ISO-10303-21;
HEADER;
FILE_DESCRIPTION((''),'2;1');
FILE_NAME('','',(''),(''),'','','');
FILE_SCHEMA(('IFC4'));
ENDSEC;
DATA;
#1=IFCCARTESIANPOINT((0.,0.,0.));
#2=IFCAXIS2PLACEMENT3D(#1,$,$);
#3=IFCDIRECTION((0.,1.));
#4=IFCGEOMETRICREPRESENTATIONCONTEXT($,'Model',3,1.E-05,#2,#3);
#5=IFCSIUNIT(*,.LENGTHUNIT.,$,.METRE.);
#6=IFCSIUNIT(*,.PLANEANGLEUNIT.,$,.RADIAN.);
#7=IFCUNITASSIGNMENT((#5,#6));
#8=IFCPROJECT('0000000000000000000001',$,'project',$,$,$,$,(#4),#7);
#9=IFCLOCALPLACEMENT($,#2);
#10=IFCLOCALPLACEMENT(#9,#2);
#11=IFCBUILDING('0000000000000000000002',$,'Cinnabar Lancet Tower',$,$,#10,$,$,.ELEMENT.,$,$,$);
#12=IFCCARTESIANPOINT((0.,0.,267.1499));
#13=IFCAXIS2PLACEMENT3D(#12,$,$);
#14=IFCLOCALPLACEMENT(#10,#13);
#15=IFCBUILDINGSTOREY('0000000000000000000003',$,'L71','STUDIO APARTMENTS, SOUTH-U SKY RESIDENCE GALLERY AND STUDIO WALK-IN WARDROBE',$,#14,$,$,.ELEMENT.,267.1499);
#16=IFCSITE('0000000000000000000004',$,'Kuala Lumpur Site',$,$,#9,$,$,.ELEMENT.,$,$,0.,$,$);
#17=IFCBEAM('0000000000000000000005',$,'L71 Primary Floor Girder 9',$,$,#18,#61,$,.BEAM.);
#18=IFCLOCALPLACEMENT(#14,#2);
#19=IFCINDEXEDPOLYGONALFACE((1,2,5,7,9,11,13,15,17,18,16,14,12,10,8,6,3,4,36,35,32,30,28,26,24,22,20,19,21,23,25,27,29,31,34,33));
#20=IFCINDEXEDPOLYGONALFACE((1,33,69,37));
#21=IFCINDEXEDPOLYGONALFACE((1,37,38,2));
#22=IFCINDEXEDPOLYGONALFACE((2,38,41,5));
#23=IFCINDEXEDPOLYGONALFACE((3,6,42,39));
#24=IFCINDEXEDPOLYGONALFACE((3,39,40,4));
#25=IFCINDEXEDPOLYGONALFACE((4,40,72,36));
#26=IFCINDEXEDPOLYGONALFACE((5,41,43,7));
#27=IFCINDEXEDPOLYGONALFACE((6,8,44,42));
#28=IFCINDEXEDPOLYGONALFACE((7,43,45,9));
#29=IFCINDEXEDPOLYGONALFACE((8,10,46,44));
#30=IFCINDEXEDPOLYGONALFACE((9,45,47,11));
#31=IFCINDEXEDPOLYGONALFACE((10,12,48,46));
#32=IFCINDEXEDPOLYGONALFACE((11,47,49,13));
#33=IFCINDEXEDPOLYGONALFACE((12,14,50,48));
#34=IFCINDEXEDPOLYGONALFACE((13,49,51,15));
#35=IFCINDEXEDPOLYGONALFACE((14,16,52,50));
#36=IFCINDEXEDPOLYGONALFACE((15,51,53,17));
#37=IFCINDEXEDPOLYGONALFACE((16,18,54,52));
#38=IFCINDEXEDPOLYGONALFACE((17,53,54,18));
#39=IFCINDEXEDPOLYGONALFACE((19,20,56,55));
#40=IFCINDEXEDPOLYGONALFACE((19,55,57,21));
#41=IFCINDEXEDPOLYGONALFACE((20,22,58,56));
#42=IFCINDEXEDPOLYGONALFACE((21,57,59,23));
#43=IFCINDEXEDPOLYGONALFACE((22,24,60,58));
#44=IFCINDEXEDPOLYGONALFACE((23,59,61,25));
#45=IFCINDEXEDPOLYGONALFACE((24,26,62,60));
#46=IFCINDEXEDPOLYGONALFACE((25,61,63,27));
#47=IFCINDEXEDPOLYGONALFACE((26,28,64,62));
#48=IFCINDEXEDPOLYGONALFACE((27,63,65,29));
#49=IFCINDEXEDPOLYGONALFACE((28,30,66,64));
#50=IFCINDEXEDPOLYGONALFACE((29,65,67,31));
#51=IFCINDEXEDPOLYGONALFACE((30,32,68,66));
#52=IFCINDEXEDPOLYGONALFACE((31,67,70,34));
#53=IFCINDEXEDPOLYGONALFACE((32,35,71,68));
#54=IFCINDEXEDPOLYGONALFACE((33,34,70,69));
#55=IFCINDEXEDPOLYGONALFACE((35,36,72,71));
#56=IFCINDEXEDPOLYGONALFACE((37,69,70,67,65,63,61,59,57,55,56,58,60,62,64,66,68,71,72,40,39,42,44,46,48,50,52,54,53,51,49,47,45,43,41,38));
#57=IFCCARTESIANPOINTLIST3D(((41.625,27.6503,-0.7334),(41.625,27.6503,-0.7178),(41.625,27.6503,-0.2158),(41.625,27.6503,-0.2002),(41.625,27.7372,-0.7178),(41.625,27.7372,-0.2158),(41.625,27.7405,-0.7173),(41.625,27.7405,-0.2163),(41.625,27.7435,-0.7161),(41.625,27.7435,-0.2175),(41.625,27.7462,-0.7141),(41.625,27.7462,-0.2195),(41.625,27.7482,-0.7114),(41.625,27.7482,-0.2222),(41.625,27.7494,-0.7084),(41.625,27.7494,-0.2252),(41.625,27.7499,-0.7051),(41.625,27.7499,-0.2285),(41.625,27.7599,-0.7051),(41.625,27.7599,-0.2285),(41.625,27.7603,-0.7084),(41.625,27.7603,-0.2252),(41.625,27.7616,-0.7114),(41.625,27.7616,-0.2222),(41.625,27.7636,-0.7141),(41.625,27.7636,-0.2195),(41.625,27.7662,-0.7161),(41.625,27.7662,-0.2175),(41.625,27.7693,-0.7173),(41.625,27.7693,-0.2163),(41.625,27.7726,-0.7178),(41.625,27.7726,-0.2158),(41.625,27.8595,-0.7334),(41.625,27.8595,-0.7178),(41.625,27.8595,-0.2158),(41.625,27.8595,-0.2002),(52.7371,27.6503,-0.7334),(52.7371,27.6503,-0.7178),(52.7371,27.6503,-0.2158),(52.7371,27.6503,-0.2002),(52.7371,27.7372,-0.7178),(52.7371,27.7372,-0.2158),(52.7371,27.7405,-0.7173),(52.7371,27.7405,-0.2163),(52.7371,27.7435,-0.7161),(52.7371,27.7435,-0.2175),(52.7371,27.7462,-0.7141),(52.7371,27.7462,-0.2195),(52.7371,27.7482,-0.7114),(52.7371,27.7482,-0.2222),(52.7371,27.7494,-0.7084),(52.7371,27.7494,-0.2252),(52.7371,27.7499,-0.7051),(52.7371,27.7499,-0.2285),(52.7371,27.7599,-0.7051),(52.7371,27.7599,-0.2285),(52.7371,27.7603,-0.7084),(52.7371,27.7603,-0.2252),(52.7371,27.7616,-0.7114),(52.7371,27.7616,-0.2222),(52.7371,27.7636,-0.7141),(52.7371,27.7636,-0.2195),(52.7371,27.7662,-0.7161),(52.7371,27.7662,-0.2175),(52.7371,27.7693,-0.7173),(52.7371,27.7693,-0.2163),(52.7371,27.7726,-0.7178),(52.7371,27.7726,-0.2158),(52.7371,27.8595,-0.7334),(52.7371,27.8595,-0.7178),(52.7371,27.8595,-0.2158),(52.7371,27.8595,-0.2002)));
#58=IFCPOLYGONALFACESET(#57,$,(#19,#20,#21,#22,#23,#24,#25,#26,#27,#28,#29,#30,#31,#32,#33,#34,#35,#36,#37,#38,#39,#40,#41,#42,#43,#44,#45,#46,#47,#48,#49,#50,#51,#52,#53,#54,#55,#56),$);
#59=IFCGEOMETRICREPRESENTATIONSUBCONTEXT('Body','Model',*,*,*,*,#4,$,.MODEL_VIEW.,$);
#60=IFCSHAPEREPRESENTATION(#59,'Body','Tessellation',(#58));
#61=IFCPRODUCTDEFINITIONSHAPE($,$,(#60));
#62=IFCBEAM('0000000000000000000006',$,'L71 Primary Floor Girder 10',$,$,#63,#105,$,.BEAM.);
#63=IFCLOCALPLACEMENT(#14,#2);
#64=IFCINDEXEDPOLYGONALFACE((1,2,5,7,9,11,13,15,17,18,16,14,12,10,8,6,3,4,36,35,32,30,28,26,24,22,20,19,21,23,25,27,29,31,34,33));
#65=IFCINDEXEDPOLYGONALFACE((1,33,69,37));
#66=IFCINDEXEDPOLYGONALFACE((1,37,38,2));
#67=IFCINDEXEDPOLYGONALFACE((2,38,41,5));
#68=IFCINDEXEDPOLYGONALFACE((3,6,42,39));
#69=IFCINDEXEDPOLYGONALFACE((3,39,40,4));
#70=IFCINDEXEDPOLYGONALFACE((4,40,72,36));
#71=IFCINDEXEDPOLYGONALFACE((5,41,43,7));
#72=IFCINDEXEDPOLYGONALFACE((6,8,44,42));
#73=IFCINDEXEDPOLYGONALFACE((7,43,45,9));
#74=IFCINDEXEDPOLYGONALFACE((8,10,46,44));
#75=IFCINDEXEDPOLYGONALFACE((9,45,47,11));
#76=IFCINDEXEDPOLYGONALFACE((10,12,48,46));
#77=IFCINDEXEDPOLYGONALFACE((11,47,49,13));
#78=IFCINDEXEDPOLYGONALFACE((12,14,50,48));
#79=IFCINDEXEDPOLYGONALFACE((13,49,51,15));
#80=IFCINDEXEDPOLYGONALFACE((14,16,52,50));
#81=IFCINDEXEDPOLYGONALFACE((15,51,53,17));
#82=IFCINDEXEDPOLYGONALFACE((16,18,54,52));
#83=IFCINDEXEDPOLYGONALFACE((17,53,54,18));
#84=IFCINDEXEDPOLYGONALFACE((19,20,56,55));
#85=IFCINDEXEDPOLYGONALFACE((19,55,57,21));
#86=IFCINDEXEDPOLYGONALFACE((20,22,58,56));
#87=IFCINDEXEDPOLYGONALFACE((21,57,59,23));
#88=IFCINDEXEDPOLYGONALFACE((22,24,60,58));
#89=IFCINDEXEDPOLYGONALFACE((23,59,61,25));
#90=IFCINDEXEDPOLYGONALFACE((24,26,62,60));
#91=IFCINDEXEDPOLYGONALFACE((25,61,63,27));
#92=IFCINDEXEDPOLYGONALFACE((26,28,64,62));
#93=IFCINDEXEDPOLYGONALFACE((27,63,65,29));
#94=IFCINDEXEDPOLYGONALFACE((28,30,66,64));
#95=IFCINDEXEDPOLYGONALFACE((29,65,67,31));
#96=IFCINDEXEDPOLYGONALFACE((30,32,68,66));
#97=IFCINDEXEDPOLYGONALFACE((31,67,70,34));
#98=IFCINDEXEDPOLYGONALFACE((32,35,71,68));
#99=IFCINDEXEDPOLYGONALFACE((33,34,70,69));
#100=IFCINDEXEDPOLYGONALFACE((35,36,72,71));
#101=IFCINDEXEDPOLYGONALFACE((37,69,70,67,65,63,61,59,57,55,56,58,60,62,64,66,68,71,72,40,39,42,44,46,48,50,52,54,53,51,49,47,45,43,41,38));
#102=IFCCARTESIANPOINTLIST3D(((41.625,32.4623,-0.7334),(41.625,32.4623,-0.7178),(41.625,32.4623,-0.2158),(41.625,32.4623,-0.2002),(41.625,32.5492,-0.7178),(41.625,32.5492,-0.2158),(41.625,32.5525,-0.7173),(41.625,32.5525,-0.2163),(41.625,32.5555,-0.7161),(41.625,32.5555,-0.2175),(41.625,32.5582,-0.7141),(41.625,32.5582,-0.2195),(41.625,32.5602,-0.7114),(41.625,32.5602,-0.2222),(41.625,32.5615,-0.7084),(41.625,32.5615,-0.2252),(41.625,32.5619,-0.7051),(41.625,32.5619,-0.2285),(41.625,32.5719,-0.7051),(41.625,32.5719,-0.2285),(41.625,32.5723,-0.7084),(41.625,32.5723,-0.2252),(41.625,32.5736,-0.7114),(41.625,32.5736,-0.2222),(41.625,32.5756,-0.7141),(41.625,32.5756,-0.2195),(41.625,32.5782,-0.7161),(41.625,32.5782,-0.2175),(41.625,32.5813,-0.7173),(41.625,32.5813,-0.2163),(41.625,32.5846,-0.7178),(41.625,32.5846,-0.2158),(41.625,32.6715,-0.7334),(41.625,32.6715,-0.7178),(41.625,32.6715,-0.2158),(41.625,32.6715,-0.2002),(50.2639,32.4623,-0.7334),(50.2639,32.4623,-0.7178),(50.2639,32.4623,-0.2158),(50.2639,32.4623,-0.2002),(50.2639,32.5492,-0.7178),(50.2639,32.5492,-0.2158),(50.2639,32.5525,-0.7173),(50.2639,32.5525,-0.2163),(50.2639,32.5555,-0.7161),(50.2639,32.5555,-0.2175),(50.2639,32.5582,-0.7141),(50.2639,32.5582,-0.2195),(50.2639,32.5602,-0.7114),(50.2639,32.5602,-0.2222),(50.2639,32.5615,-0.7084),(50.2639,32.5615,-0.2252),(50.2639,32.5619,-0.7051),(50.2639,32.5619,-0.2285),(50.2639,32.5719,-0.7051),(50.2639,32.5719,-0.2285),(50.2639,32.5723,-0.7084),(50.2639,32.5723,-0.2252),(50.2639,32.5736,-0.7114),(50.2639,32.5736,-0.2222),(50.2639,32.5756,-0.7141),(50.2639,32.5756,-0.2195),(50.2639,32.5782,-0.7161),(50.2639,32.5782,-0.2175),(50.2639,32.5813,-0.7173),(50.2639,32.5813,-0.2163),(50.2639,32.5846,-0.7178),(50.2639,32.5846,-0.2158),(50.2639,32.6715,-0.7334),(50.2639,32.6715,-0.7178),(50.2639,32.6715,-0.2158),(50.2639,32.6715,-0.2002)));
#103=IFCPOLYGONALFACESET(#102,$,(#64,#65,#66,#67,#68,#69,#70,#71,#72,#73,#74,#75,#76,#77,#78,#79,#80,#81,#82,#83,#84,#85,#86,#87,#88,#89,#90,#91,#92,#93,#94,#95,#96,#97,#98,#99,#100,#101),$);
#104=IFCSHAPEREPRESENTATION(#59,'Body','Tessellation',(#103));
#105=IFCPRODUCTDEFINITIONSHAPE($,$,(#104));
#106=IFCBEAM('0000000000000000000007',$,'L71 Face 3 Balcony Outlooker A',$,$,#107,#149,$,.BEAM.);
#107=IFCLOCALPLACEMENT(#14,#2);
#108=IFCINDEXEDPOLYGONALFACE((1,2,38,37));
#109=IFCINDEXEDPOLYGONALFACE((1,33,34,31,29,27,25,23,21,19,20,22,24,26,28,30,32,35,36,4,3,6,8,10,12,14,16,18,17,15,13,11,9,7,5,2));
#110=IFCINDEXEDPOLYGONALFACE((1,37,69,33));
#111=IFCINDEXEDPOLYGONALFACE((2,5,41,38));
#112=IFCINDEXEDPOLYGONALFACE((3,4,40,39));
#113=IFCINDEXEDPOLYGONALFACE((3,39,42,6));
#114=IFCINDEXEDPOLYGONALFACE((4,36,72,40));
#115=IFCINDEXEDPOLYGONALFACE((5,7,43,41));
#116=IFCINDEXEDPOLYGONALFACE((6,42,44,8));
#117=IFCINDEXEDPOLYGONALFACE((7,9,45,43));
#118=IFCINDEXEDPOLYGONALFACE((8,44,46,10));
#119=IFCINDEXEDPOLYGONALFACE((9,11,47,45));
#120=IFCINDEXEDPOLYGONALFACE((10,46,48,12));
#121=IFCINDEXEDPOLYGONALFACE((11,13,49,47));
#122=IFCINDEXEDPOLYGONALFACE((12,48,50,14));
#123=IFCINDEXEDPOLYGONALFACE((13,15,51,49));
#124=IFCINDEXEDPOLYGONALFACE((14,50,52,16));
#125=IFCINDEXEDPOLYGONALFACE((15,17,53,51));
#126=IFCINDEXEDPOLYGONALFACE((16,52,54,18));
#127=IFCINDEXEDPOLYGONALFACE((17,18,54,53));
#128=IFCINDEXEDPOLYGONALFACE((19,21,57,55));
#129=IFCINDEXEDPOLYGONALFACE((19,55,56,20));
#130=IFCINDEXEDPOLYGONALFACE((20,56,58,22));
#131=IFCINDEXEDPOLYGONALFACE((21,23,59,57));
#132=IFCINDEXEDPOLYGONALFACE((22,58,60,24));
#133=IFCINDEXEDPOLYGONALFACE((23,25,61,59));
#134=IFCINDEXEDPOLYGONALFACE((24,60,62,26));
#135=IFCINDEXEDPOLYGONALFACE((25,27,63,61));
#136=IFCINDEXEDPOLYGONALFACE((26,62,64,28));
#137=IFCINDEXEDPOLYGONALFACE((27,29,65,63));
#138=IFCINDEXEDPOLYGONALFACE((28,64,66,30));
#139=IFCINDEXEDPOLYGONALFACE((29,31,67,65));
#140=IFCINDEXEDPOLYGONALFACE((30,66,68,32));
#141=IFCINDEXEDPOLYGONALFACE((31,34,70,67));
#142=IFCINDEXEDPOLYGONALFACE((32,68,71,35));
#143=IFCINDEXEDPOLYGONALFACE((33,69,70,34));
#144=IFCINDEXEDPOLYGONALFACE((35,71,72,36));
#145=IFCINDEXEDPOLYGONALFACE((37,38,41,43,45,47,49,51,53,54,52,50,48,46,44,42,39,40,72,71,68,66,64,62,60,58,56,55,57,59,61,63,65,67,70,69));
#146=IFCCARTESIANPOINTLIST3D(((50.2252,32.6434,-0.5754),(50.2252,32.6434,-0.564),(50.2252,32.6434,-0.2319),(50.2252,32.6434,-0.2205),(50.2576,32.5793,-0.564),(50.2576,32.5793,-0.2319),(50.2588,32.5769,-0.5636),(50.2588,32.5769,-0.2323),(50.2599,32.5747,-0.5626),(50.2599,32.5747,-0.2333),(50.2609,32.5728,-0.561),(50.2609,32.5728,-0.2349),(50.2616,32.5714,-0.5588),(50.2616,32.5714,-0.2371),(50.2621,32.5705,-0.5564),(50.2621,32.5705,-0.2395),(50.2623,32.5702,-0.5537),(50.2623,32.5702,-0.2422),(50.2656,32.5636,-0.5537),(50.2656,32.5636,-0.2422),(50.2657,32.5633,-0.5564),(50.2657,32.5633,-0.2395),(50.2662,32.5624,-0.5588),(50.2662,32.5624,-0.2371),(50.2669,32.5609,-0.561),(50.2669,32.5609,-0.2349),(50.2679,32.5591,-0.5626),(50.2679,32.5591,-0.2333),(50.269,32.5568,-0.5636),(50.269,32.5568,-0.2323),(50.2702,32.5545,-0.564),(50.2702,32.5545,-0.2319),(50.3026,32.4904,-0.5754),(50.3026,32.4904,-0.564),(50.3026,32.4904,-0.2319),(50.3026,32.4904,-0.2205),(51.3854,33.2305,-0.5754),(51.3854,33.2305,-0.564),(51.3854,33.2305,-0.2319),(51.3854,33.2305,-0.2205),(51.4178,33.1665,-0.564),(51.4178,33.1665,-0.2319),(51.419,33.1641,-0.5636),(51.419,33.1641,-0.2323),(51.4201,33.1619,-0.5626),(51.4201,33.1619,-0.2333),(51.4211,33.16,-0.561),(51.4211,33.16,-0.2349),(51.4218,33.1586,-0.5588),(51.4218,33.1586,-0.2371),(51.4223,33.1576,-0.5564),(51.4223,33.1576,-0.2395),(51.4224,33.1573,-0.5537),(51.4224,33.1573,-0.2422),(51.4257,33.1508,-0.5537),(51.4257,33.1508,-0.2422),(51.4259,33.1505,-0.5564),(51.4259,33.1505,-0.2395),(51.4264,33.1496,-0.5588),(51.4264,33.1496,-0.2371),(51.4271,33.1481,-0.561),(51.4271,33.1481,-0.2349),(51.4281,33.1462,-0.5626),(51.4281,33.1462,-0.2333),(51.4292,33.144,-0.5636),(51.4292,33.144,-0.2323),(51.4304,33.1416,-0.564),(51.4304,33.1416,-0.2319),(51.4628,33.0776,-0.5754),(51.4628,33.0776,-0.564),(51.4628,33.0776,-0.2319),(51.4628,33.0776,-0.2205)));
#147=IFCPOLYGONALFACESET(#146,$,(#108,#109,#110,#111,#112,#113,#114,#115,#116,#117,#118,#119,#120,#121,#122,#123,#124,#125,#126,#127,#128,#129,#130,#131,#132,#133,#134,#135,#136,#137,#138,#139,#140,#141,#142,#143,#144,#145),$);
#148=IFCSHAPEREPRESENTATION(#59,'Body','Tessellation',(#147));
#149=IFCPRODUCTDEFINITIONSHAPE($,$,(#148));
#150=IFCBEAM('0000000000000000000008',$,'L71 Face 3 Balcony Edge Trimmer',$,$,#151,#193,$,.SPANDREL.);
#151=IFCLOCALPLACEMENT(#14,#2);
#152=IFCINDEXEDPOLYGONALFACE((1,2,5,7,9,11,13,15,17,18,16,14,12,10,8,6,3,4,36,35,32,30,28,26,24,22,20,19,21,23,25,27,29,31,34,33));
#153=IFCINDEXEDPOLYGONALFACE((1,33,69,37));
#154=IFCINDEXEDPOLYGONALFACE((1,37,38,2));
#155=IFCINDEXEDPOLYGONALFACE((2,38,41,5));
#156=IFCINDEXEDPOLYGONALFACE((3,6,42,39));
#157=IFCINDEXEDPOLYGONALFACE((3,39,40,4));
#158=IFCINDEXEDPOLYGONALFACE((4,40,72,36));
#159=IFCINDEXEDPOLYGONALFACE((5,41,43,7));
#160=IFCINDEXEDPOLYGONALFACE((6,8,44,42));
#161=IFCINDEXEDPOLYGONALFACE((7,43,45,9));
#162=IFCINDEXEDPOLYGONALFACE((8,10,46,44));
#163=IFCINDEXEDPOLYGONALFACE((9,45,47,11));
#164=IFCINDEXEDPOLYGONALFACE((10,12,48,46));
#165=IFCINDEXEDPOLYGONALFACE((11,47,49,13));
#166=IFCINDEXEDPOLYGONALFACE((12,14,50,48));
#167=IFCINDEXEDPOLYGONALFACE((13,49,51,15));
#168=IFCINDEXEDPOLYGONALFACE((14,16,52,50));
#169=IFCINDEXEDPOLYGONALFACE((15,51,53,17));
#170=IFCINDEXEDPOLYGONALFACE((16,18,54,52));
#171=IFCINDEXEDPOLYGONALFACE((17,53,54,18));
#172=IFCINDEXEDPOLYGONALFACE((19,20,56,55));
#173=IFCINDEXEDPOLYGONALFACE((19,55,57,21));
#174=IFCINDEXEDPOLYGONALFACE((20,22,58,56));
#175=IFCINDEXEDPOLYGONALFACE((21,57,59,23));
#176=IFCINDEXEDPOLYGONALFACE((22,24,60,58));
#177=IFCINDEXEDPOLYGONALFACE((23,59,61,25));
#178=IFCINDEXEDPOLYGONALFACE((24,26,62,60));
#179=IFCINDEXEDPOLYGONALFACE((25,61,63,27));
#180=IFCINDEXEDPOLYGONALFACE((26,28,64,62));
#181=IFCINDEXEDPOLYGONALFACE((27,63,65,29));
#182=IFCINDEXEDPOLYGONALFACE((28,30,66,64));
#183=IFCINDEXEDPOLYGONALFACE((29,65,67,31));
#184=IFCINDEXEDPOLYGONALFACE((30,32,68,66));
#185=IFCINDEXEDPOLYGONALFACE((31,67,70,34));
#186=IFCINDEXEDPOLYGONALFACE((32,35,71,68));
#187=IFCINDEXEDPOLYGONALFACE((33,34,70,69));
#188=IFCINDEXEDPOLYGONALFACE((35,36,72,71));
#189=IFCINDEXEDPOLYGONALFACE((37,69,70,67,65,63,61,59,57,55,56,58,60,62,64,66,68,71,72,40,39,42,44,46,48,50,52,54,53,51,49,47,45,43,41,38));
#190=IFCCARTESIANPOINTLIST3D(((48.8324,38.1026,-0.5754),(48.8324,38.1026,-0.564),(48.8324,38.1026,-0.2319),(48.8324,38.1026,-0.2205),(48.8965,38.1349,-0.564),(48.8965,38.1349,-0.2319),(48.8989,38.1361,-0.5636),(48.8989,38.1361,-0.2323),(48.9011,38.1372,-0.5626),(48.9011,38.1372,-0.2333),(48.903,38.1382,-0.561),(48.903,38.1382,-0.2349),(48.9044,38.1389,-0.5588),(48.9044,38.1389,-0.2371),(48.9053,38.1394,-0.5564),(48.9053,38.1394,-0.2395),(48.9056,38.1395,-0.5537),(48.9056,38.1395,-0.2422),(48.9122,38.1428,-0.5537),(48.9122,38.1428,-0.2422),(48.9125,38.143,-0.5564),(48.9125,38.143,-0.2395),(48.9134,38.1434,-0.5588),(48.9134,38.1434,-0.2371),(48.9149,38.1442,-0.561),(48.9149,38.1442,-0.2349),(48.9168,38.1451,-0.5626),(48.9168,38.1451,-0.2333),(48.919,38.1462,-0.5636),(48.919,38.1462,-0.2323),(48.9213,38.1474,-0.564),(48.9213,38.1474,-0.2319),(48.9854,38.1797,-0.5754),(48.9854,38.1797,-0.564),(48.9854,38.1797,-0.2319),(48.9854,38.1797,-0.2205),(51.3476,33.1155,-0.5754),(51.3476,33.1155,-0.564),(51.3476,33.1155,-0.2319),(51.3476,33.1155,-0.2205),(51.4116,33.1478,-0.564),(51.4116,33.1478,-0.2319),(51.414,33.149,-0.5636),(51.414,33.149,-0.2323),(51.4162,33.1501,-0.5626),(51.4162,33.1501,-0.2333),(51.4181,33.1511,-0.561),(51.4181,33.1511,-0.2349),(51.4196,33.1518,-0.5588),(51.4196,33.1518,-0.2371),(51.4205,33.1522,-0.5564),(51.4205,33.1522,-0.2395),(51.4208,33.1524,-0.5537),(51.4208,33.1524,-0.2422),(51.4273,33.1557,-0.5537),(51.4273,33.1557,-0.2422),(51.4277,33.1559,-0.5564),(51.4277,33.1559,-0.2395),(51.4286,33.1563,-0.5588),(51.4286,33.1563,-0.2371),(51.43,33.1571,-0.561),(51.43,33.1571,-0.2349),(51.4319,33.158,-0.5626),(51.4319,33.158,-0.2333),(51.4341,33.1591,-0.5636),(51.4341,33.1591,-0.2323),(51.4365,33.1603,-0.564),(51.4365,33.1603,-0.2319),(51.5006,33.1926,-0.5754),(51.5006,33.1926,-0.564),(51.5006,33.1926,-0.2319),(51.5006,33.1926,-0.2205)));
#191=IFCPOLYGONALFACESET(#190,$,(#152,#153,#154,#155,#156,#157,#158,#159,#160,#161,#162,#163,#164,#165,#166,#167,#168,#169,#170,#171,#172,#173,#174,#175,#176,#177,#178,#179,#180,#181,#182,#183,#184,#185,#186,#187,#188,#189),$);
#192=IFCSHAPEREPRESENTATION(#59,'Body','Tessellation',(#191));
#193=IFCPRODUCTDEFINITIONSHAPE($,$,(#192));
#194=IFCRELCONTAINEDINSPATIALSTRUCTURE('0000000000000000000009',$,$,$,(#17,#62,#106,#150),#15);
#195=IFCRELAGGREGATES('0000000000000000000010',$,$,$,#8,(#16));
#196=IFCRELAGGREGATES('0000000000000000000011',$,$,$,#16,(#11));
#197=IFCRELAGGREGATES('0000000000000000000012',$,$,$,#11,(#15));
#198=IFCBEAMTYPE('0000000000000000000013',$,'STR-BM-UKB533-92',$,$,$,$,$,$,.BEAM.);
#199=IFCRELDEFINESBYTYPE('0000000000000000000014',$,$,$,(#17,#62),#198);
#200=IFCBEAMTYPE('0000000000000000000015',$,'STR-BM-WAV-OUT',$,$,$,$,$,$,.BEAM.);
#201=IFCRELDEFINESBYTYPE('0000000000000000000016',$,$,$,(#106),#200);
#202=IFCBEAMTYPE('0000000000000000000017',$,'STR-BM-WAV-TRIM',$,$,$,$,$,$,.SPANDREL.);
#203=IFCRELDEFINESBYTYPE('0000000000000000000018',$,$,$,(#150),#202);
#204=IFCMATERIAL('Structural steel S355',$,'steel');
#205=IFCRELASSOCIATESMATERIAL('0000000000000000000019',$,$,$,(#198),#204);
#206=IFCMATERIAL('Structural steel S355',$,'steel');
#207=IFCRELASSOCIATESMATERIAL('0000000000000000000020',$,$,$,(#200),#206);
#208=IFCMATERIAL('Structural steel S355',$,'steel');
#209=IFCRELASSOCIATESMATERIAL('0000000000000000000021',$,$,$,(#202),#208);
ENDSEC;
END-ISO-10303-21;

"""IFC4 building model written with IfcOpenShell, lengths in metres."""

from ifc_helpers import new_model, si_unit, direction, frame, origin, origin_2d, place, context, subcontext, project, spatial, i_section, extrude, material, material_profile, profile_set, type_object, element, save


model = new_model("IFC4")

# Units and contexts
model_context = context("Model", 3, precision=1e-05, world=origin(), true_north=direction((0.0, 1.0)))
body_context = subcontext(model_context, "Body", "Model", "MODEL_VIEW")
ifc_project = project(units=[si_unit("LENGTHUNIT", "METRE"), si_unit("PLANEANGLEUNIT", "RADIAN")], contexts=[model_context])

# Site, building, storey
site_placement = place(None, origin())
site = spatial("IfcSite", under=ifc_project, at=site_placement, Name="Kuala Lumpur Site", CompositionType="ELEMENT", RefElevation=0.0)
building_placement = place(site_placement, origin())
building = spatial("IfcBuilding", under=site, at=building_placement, Name="Cinnabar Lancet Tower", CompositionType="ELEMENT")
storey_placement = place(building_placement, frame((0.0, 0.0, 267.1499)))
storey = spatial("IfcBuildingStorey", under=building, at=storey_placement, Name="L71", Description="STUDIO APARTMENTS, SOUTH-U SKY RESIDENCE GALLERY AND STUDIO WALK-IN WARDROBE", CompositionType="ELEMENT", Elevation=267.1499)

# Beams
ifc_material_1 = material(Name="Structural steel S355", Category="steel")
ifc_material_profile_1 = material_profile(ifc_material_1, i_section(OverallWidth=0.2092, OverallDepth=0.5332, WebThickness=0.01, FlangeThickness=0.0156, FilletRadius=0.0127, at=origin_2d()), Name="UKB 533x210x92")
ifc_profile_set_1 = profile_set([ifc_material_profile_1], Name="Structural steel S355")
beam_type_1 = type_object("IfcBeamType", Name="STR-BM-UKB533-92", PredefinedType="BEAM", material=ifc_profile_set_1)
beam_1_placement = place(storey_placement, frame((52.7371, 27.7549, -0.4668), z_axis=(-1.0, 0.0, 0.0), x_axis=(0.0, -1.0, 0.0)))
element("IfcBeam", 1, at=beam_1_placement, inside=storey, type_object=beam_type_1, Name="L71 Primary Floor Girder 9", PredefinedType="BEAM", context=body_context, shape_type="SweptSolid", body=[
    extrude(i_section(OverallWidth=0.2092, OverallDepth=0.5332, WebThickness=0.01, FlangeThickness=0.0156, FilletRadius=0.0127, at=origin_2d()), origin(), (0.0, 0.0, 1.0), 11.1121),
])
beam_2_placement = place(storey_placement, frame((50.2639, 32.5669, -0.4668), z_axis=(-1.0, 0.0, 0.0), x_axis=(0.0, -1.0, 0.0)))
element("IfcBeam", 2, at=beam_2_placement, inside=storey, type_object=beam_type_1, Name="L71 Primary Floor Girder 10", PredefinedType="BEAM", context=body_context, shape_type="SweptSolid", body=[
    extrude(i_section(OverallWidth=0.2092, OverallDepth=0.5332, WebThickness=0.01, FlangeThickness=0.0156, FilletRadius=0.0127, at=origin_2d()), origin(), (0.0, 0.0, 1.0), 8.6389),
])
ifc_material_2 = material(Name="Structural steel S355", Category="steel")
ifc_material_profile_2 = material_profile(ifc_material_2, i_section(OverallWidth=0.1714, OverallDepth=0.355, WebThickness=0.0073, FlangeThickness=0.0115, FilletRadius=0.0103, at=origin_2d()), Name="UKB 356x171x51")
ifc_profile_set_2 = profile_set([ifc_material_profile_2], Name="Structural steel S355")
beam_type_2 = type_object("IfcBeamType", Name="STR-BM-WAV-OUT", PredefinedType="BEAM", material=ifc_profile_set_2)
beam_3_placement = place(storey_placement, frame((50.2639, 32.5669, -0.3979), z_axis=(0.892239, 0.451564, 0.0), x_axis=(-0.451564, 0.892239, 0.0)))
element("IfcBeam", 3, at=beam_3_placement, inside=storey, type_object=beam_type_2, Name="L71 Face 3 Balcony Outlooker A", PredefinedType="BEAM", context=body_context, shape_type="SweptSolid", body=[
    extrude(i_section(OverallWidth=0.1714, OverallDepth=0.355, WebThickness=0.0073, FlangeThickness=0.0115, FilletRadius=0.0103, at=origin_2d()), origin(), (0.0, 0.0, 1.0), 1.3003),
])
ifc_material_3 = material(Name="Structural steel S355", Category="steel")
ifc_material_profile_3 = material_profile(ifc_material_3, i_section(OverallWidth=0.1714, OverallDepth=0.355, WebThickness=0.0073, FlangeThickness=0.0115, FilletRadius=0.0103, at=origin_2d()), Name="UKB 356x171x51")
ifc_profile_set_3 = profile_set([ifc_material_profile_3], Name="Structural steel S355")
beam_type_3 = type_object("IfcBeamType", Name="STR-BM-WAV-TRIM", PredefinedType="SPANDREL", material=ifc_profile_set_3)
beam_4_placement = place(storey_placement, frame((51.4241, 33.1541, -0.3979), z_axis=(-0.450306, 0.892874, 0.0), x_axis=(-0.892874, -0.450306, 0.0)))
element("IfcBeam", 4, at=beam_4_placement, inside=storey, type_object=beam_type_3, Name="L71 Face 3 Balcony Edge Trimmer", PredefinedType="SPANDREL", context=body_context, shape_type="SweptSolid", body=[
    extrude(i_section(OverallWidth=0.1714, OverallDepth=0.355, WebThickness=0.0073, FlangeThickness=0.0115, FilletRadius=0.0103, at=origin_2d()), origin(), (0.0, 0.0, 1.0), 5.5854),
])

save(model, "model.ifc")
